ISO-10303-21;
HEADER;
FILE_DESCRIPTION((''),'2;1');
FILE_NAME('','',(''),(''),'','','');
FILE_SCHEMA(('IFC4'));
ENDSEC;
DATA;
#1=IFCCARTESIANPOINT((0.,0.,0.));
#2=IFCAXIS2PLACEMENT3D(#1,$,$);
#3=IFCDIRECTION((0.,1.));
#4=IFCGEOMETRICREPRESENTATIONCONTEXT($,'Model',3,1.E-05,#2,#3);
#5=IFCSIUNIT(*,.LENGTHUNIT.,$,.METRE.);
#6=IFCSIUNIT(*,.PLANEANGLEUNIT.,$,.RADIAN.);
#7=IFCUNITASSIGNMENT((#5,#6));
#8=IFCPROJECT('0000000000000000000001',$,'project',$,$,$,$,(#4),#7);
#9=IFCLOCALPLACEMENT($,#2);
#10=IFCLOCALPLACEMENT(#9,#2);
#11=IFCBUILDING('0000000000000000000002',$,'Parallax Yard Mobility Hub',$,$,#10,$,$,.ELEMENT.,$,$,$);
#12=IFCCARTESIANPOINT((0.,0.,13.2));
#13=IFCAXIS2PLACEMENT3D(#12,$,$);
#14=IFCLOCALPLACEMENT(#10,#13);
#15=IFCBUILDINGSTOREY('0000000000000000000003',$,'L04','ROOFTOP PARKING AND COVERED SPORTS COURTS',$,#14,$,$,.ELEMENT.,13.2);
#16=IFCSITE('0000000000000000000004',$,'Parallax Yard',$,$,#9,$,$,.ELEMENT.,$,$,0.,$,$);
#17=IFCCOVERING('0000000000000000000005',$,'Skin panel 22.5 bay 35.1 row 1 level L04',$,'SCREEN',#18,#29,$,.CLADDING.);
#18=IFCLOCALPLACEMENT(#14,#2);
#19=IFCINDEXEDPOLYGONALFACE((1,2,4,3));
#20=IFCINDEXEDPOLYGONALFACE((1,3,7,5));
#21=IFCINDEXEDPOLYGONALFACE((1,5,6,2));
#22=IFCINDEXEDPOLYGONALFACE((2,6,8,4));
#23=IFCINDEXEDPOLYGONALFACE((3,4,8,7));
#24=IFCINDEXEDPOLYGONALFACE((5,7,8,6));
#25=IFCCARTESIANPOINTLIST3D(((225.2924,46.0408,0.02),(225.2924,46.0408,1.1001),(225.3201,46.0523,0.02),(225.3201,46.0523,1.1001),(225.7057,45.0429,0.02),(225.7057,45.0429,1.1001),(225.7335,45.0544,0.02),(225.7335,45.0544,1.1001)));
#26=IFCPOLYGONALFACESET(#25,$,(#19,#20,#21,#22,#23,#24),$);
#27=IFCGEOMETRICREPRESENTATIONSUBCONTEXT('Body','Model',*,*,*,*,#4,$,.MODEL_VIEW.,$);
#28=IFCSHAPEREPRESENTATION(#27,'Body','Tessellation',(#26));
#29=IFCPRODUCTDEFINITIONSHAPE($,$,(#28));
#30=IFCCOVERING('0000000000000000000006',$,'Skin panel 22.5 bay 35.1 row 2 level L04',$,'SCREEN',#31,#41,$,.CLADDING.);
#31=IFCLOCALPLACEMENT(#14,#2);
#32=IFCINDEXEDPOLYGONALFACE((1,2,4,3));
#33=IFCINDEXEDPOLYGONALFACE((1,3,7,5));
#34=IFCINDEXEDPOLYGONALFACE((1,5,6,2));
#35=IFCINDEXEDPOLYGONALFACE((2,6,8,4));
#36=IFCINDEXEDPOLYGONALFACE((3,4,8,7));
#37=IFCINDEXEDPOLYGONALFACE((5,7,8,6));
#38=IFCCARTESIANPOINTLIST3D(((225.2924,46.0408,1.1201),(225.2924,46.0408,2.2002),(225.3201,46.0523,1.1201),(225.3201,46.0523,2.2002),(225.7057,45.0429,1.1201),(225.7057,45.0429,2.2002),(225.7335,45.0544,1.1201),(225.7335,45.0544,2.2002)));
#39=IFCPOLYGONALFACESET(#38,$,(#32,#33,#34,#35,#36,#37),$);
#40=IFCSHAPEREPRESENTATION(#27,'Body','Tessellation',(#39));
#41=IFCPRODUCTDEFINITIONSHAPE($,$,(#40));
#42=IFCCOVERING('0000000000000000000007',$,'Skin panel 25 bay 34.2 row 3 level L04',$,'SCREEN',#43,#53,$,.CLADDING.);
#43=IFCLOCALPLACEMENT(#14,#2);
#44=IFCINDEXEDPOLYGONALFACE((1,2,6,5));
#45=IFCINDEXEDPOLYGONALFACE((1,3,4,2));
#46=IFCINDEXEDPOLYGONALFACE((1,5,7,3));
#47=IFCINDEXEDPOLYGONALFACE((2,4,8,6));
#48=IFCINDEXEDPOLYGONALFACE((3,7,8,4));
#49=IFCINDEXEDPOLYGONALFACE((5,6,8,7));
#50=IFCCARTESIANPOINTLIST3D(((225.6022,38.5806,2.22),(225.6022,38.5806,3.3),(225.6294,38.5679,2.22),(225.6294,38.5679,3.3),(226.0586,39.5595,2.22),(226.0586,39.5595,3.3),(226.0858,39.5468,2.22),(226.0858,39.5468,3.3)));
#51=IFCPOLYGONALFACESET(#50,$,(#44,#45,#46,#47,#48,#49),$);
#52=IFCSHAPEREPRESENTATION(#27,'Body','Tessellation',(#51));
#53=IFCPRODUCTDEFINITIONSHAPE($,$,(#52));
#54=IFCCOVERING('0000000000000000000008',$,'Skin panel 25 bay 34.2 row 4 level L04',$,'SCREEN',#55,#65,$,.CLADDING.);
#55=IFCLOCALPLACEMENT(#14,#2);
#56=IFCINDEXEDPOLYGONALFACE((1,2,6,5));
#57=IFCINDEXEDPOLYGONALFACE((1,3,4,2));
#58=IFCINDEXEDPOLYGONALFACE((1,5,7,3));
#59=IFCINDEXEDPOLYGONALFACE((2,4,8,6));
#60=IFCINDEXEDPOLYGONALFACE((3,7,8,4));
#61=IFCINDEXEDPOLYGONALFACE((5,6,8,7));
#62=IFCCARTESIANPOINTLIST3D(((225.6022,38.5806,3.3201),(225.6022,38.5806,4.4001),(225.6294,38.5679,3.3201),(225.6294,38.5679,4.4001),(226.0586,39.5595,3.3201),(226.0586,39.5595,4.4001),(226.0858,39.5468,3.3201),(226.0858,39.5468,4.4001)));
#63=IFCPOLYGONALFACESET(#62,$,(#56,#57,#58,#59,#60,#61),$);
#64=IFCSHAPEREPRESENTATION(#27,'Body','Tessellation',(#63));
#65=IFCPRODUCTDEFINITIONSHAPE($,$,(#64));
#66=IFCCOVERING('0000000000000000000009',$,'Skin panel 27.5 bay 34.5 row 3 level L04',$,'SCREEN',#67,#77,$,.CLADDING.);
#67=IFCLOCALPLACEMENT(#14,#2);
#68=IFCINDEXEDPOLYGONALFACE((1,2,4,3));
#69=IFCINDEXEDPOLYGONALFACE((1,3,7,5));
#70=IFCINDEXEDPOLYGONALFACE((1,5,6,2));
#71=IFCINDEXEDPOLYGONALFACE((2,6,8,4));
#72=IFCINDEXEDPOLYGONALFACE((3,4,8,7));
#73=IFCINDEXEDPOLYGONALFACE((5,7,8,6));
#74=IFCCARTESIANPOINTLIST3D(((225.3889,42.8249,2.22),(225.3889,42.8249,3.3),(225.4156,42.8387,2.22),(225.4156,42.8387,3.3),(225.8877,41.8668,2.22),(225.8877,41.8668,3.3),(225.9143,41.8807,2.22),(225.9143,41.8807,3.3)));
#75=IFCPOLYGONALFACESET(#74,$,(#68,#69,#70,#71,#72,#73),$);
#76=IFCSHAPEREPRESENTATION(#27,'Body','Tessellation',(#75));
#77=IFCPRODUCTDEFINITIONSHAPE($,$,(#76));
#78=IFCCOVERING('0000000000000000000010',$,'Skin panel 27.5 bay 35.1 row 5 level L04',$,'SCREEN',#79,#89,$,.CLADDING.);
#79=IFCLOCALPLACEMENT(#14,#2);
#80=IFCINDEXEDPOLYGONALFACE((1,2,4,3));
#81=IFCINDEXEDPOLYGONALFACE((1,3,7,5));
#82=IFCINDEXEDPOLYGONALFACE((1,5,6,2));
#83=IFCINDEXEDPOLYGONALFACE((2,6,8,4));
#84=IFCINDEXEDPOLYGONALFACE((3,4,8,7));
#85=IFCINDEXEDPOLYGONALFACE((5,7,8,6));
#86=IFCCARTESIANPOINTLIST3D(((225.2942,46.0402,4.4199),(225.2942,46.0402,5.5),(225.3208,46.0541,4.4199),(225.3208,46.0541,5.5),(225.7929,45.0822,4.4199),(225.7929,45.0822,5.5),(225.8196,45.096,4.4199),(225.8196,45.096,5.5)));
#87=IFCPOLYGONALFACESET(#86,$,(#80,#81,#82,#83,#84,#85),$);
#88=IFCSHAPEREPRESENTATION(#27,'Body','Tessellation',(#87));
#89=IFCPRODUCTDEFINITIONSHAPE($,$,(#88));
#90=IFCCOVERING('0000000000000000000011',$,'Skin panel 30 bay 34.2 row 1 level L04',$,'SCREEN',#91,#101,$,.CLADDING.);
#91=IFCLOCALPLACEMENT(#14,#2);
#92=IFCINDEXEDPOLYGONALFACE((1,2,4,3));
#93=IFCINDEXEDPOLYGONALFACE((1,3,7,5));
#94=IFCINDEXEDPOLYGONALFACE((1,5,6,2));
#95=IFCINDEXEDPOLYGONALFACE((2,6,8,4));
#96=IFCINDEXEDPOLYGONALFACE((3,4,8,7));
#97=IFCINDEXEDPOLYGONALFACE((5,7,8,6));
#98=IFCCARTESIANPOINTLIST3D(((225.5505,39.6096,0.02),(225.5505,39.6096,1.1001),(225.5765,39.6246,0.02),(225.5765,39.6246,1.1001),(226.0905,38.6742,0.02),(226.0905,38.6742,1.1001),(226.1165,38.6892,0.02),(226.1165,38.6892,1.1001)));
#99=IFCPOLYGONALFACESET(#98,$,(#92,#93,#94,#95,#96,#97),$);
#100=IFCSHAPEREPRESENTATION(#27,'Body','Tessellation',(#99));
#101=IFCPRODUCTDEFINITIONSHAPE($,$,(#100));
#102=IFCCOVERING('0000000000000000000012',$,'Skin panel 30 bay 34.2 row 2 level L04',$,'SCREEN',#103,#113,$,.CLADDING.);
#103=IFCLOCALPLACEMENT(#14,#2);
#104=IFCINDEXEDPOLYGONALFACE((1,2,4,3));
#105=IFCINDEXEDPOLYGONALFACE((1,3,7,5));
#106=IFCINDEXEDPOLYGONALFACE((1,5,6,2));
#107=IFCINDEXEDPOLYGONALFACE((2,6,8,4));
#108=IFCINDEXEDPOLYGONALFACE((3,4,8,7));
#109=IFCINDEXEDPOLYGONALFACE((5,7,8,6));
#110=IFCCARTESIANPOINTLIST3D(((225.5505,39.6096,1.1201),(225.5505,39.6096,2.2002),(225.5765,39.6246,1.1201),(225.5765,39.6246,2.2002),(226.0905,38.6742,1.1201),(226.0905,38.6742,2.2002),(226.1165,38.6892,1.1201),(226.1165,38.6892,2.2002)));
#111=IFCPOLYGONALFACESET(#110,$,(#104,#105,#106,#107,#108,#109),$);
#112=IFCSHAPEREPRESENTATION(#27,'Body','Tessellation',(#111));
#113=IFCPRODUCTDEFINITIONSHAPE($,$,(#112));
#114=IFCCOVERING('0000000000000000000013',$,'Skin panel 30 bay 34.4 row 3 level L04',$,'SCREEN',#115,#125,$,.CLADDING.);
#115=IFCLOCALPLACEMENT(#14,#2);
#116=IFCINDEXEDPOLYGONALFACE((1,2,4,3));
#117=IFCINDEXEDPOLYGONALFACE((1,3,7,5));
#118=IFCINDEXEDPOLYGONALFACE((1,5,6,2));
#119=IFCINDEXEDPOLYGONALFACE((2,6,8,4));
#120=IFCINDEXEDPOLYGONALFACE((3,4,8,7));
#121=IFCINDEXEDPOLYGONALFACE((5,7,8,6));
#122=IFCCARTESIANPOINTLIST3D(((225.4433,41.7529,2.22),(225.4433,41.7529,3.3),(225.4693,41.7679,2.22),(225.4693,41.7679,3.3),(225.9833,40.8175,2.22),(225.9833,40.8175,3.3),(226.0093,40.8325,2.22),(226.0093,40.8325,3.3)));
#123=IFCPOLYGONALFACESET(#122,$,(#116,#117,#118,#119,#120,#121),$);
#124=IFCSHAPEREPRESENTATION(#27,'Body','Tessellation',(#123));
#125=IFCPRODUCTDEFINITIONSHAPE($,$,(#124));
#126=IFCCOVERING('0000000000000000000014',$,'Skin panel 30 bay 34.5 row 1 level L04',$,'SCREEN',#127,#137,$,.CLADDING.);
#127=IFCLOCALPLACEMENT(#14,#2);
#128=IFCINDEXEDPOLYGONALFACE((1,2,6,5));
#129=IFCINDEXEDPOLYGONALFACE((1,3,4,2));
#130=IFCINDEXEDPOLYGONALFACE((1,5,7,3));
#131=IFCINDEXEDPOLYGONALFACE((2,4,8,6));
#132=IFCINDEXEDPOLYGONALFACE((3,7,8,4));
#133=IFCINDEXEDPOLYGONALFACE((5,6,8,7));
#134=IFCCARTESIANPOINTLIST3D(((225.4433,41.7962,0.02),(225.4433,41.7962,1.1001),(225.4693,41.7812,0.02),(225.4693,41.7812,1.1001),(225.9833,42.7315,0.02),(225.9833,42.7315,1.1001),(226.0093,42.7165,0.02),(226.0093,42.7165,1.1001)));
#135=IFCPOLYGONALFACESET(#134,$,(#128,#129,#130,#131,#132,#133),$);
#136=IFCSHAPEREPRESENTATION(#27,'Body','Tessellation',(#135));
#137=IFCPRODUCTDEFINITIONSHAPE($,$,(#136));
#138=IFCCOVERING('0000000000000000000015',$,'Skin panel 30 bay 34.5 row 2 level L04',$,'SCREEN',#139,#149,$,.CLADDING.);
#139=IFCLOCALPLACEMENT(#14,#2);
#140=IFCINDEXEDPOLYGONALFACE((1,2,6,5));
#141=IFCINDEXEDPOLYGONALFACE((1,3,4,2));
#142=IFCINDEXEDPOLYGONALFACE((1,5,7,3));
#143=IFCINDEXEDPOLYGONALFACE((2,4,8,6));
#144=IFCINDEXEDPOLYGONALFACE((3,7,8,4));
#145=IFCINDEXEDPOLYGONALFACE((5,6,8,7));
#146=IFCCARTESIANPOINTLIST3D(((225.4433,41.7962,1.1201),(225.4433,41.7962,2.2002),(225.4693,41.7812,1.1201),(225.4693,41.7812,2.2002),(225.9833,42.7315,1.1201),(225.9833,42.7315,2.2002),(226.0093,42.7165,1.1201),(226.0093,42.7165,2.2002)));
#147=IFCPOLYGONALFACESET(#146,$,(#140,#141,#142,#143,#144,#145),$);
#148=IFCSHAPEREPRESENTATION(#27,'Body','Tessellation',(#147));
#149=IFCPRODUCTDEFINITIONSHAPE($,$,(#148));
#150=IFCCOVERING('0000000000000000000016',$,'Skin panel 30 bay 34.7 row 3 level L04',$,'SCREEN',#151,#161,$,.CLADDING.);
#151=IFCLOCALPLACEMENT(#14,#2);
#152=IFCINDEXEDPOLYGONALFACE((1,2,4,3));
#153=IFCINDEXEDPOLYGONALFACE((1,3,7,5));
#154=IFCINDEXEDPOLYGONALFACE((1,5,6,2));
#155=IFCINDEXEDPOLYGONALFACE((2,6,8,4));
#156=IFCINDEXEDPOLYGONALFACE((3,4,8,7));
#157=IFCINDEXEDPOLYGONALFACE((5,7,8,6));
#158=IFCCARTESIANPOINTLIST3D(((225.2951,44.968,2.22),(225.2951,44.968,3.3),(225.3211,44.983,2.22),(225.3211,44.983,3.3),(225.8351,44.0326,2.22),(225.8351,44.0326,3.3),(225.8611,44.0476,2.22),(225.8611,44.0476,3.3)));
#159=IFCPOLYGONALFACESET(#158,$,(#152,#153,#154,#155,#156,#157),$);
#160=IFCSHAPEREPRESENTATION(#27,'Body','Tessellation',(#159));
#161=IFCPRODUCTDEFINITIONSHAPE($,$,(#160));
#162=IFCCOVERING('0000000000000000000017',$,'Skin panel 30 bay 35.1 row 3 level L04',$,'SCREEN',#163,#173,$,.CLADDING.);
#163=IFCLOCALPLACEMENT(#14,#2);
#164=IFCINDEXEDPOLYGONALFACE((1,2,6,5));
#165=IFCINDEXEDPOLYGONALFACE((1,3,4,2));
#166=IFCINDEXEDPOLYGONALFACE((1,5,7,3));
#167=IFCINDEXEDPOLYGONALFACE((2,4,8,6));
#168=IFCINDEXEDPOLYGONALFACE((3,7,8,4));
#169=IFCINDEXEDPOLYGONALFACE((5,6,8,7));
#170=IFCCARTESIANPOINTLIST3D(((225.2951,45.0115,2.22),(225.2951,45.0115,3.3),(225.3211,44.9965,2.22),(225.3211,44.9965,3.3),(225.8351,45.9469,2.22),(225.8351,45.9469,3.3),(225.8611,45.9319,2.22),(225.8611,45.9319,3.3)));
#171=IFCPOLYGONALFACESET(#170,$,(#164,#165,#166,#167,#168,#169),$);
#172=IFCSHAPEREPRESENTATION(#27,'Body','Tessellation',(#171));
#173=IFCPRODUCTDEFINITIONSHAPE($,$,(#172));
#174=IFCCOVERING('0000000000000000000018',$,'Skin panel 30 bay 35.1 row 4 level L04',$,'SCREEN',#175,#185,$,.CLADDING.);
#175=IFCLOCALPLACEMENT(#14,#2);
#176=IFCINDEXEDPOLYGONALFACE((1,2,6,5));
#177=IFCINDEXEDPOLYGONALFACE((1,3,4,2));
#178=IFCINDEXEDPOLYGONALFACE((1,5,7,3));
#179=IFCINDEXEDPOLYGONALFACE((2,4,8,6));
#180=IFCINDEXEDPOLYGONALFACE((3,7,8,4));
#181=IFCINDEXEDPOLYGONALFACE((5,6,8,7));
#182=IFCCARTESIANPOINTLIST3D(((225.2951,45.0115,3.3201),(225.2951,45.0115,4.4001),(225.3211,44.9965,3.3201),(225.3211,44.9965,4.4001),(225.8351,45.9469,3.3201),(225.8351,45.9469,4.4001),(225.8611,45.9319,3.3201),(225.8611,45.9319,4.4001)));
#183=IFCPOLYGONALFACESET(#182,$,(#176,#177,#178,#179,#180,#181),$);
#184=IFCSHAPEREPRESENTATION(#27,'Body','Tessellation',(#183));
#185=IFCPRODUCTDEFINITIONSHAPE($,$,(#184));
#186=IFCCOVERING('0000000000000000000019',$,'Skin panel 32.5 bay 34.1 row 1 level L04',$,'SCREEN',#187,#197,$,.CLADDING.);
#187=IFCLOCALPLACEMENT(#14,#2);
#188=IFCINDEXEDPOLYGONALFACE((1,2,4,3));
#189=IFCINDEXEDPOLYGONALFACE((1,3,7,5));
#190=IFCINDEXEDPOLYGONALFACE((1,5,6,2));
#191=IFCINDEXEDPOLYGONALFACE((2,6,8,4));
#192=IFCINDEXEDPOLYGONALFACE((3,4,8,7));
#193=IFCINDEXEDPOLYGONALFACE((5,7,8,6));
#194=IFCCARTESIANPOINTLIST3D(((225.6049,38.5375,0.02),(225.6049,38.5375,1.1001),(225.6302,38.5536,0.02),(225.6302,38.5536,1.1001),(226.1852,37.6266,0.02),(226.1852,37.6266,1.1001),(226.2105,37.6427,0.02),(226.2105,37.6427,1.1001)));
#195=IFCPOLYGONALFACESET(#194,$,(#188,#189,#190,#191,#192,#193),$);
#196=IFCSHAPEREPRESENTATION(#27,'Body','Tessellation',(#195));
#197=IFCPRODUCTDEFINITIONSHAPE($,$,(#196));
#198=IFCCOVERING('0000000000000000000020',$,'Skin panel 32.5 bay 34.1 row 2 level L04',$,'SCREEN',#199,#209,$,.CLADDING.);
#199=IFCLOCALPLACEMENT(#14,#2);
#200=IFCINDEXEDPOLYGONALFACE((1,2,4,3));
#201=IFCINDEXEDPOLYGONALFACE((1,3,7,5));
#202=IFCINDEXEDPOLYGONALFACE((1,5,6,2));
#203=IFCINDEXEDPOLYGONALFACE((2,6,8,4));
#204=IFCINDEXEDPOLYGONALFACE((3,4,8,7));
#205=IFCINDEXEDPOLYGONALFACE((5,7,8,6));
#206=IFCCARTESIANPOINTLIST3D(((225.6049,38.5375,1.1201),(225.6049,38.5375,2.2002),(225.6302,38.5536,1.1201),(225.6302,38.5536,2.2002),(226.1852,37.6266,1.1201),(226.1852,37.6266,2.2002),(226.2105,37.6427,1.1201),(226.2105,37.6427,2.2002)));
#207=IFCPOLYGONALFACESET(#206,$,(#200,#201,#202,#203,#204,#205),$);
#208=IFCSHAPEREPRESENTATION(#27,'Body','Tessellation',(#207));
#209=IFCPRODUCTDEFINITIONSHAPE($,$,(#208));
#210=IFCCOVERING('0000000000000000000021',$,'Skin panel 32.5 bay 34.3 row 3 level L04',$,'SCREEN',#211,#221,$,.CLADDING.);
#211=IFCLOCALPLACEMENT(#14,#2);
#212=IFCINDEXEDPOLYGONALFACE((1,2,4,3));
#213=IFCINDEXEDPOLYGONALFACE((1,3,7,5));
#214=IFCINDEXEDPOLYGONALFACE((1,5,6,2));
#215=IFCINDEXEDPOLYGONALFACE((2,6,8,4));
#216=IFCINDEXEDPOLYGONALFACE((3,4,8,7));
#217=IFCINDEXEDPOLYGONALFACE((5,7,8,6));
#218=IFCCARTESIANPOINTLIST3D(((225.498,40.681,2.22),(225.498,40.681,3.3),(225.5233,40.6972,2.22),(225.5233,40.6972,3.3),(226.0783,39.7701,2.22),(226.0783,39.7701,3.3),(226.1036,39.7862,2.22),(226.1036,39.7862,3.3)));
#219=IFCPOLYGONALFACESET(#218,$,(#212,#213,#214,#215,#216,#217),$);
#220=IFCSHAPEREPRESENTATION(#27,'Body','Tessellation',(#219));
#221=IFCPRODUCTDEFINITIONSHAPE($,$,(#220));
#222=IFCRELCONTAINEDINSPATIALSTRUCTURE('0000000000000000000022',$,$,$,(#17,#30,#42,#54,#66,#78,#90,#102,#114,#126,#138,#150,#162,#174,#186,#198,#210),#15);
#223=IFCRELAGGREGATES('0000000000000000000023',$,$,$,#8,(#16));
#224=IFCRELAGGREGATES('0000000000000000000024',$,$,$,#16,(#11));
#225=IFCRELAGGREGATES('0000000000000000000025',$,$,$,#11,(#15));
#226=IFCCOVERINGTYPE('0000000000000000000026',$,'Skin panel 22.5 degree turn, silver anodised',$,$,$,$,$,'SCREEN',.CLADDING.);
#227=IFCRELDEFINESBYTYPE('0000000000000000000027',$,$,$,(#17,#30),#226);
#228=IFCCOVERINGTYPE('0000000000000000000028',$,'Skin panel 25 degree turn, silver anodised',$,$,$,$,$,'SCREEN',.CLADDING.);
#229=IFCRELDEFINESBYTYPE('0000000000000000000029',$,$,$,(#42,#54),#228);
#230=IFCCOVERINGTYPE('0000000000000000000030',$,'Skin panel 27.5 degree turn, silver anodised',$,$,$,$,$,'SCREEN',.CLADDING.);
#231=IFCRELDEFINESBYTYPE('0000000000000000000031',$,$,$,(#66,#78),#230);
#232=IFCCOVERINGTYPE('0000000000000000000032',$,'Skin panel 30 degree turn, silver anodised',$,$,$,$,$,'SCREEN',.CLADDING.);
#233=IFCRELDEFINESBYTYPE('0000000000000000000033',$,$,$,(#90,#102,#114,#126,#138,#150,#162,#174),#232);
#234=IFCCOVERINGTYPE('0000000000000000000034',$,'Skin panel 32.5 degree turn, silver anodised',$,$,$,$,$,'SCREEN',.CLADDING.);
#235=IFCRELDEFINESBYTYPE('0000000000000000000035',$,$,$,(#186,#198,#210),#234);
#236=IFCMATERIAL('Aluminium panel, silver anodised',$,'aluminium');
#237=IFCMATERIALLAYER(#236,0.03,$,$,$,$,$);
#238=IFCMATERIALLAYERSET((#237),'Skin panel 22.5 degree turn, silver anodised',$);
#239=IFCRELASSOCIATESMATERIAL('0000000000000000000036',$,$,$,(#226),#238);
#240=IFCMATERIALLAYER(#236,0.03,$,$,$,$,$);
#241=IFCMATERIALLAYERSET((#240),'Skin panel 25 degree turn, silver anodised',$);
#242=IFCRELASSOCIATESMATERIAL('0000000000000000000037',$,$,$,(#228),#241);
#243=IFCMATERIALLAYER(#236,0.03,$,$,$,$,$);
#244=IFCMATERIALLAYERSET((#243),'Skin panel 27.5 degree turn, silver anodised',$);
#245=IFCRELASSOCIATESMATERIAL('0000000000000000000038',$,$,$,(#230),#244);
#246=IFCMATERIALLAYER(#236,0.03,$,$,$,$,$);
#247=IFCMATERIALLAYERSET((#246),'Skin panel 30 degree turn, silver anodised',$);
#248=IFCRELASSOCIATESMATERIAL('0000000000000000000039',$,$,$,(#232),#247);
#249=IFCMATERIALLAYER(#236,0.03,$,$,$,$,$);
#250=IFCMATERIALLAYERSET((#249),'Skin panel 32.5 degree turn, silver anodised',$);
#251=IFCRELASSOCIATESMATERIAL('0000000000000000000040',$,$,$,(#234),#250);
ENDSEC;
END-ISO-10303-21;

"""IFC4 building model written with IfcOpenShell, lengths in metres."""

from ifc_helpers import new_model, si_unit, direction, frame, origin, origin_2d, place, context, subcontext, project, spatial, rectangle, extrude, material, layer, layer_set, type_object, element, save


model = new_model("IFC4")

# Units and contexts
model_context = context("Model", 3, precision=1e-05, world=origin(), true_north=direction((0.0, 1.0)))
body_context = subcontext(model_context, "Body", "Model", "MODEL_VIEW")
ifc_project = project(units=[si_unit("LENGTHUNIT", "METRE"), si_unit("PLANEANGLEUNIT", "RADIAN")], contexts=[model_context])

# Site, building, storey
site_placement = place(None, origin())
site = spatial("IfcSite", under=ifc_project, at=site_placement, Name="Parallax Yard", CompositionType="ELEMENT", RefElevation=0.0)
building_placement = place(site_placement, origin())
building = spatial("IfcBuilding", under=site, at=building_placement, Name="Parallax Yard Mobility Hub", CompositionType="ELEMENT")
storey_placement = place(building_placement, frame((0.0, 0.0, 13.2)))
storey = spatial("IfcBuildingStorey", under=building, at=storey_placement, Name="L04", Description="ROOFTOP PARKING AND COVERED SPORTS COURTS", CompositionType="ELEMENT", Elevation=13.2)

# Coverings
ifc_material_1 = material(Name="Aluminium panel, silver anodised", Category="aluminium")
ifc_layer_1 = layer(ifc_material_1, 0.03)
ifc_layer_set_1 = layer_set([ifc_layer_1], Name="Skin panel 22.5 degree turn, silver anodised")
covering_type_1 = type_object("IfcCoveringType", Name="Skin panel 22.5 degree turn, silver anodised", ElementType="SCREEN", PredefinedType="CLADDING", material=ifc_layer_set_1)
for number, where, z_axis, x_axis, name in (
    (1, (225.5129, 45.5476, 0.02), (0.0, 0.0, 1.0), (0.382683, -0.92388, 0.0), "Skin panel 22.5 bay 35.1 row 1 level L04"),
    (2, (225.5129, 45.5476, 1.1201), (0.0, 0.0, 1.0), (0.382683, -0.92388, 0.0), "Skin panel 22.5 bay 35.1 row 2 level L04"),
):
    element("IfcCovering", number, at=place(storey_placement, frame(where, z_axis=z_axis, x_axis=x_axis)), inside=storey, type_object=covering_type_1, Name=name, ObjectType="SCREEN", PredefinedType="CLADDING", context=body_context, shape_type="SweptSolid", body=[
        extrude(rectangle(XDim=1.0801, YDim=0.03, at=origin_2d()), origin(), (0.0, 0.0, 1.0), 1.0801),
    ])
ifc_layer_2 = layer(ifc_material_1, 0.03)
ifc_layer_set_2 = layer_set([ifc_layer_2], Name="Skin panel 25 degree turn, silver anodised")
covering_type_2 = type_object("IfcCoveringType", Name="Skin panel 25 degree turn, silver anodised", ElementType="SCREEN", PredefinedType="CLADDING", material=ifc_layer_set_2)
for number, where, z_axis, x_axis, name in (
    (3, (225.844, 39.0637, 2.22), (0.0, 0.0, 1.0), (0.422618, 0.906308, 0.0), "Skin panel 25 bay 34.2 row 3 level L04"),
    (4, (225.844, 39.0637, 3.3201), (0.0, 0.0, 1.0), (0.422618, 0.906308, 0.0), "Skin panel 25 bay 34.2 row 4 level L04"),
):
    element("IfcCovering", number, at=place(storey_placement, frame(where, z_axis=z_axis, x_axis=x_axis)), inside=storey, type_object=covering_type_2, Name=name, ObjectType="SCREEN", PredefinedType="CLADDING", context=body_context, shape_type="SweptSolid", body=[
        extrude(rectangle(XDim=1.0801, YDim=0.03, at=origin_2d()), origin(), (0.0, 0.0, 1.0), 1.0801),
    ])
ifc_layer_3 = layer(ifc_material_1, 0.03)
ifc_layer_set_3 = layer_set([ifc_layer_3], Name="Skin panel 27.5 degree turn, silver anodised")
covering_type_3 = type_object("IfcCoveringType", Name="Skin panel 27.5 degree turn, silver anodised", ElementType="SCREEN", PredefinedType="CLADDING", material=ifc_layer_set_3)
for number, where, z_axis, x_axis, name in (
    (5, (225.6516, 42.3528, 2.22), (0.0, 0.0, 1.0), (0.461749, -0.887011, 0.0), "Skin panel 27.5 bay 34.5 row 3 level L04"),
    (6, (225.5569, 45.5681, 4.4199), (0.0, 0.0, 1.0), (0.461749, -0.887011, 0.0), "Skin panel 27.5 bay 35.1 row 5 level L04"),
):
    element("IfcCovering", number, at=place(storey_placement, frame(where, z_axis=z_axis, x_axis=x_axis)), inside=storey, type_object=covering_type_3, Name=name, ObjectType="SCREEN", PredefinedType="CLADDING", context=body_context, shape_type="SweptSolid", body=[
        extrude(rectangle(XDim=1.0801, YDim=0.03, at=origin_2d()), origin(), (0.0, 0.0, 1.0), 1.0801),
    ])
ifc_layer_4 = layer(ifc_material_1, 0.03)
ifc_layer_set_4 = layer_set([ifc_layer_4], Name="Skin panel 30 degree turn, silver anodised")
covering_type_4 = type_object("IfcCoveringType", Name="Skin panel 30 degree turn, silver anodised", ElementType="SCREEN", PredefinedType="CLADDING", material=ifc_layer_set_4)
for number, where, z_axis, x_axis, name in (
    (7, (225.8335, 39.1494, 0.02), (0.0, 0.0, 1.0), (0.5, -0.866025, 0.0), "Skin panel 30 bay 34.2 row 1 level L04"),
    (8, (225.8335, 39.1494, 1.1201), (0.0, 0.0, 1.0), (0.5, -0.866025, 0.0), "Skin panel 30 bay 34.2 row 2 level L04"),
    (9, (225.7263, 41.2927, 2.22), (0.0, 0.0, 1.0), (0.5, -0.866025, 0.0), "Skin panel 30 bay 34.4 row 3 level L04"),
    (10, (225.7263, 42.2563, 0.02), (0.0, 0.0, 1.0), (0.5, 0.866025, 0.0), "Skin panel 30 bay 34.5 row 1 level L04"),
    (11, (225.7263, 42.2563, 1.1201), (0.0, 0.0, 1.0), (0.5, 0.866025, 0.0), "Skin panel 30 bay 34.5 row 2 level L04"),
    (12, (225.5781, 44.5078, 2.22), (0.0, 0.0, 1.0), (0.5, -0.866025, 0.0), "Skin panel 30 bay 34.7 row 3 level L04"),
    (13, (225.5781, 45.4717, 2.22), (0.0, 0.0, 1.0), (0.5, 0.866025, 0.0), "Skin panel 30 bay 35.1 row 3 level L04"),
    (14, (225.5781, 45.4717, 3.3201), (0.0, 0.0, 1.0), (0.5, 0.866025, 0.0), "Skin panel 30 bay 35.1 row 4 level L04"),
):
    element("IfcCovering", number, at=place(storey_placement, frame(where, z_axis=z_axis, x_axis=x_axis)), inside=storey, type_object=covering_type_4, Name=name, ObjectType="SCREEN", PredefinedType="CLADDING", context=body_context, shape_type="SweptSolid", body=[
        extrude(rectangle(XDim=1.0801, YDim=0.03, at=origin_2d()), origin(), (0.0, 0.0, 1.0), 1.0801),
    ])
ifc_layer_5 = layer(ifc_material_1, 0.03)
ifc_layer_set_5 = layer_set([ifc_layer_5], Name="Skin panel 32.5 degree turn, silver anodised")
covering_type_5 = type_object("IfcCoveringType", Name="Skin panel 32.5 degree turn, silver anodised", ElementType="SCREEN", PredefinedType="CLADDING", material=ifc_layer_set_5)
for number, where, z_axis, x_axis, name in (
    (15, (225.9077, 38.0901, 0.02), (0.0, 0.0, 1.0), (0.5373, -0.843391, 0.0), "Skin panel 32.5 bay 34.1 row 1 level L04"),
    (16, (225.9077, 38.0901, 1.1201), (0.0, 0.0, 1.0), (0.5373, -0.843391, 0.0), "Skin panel 32.5 bay 34.1 row 2 level L04"),
    (17, (225.8008, 40.2336, 2.22), (0.0, 0.0, 1.0), (0.5373, -0.843391, 0.0), "Skin panel 32.5 bay 34.3 row 3 level L04"),
):
    element("IfcCovering", number, at=place(storey_placement, frame(where, z_axis=z_axis, x_axis=x_axis)), inside=storey, type_object=covering_type_5, Name=name, ObjectType="SCREEN", PredefinedType="CLADDING", context=body_context, shape_type="SweptSolid", body=[
        extrude(rectangle(XDim=1.0801, YDim=0.03, at=origin_2d()), origin(), (0.0, 0.0, 1.0), 1.0801),
    ])

save(model, "model.ifc")
